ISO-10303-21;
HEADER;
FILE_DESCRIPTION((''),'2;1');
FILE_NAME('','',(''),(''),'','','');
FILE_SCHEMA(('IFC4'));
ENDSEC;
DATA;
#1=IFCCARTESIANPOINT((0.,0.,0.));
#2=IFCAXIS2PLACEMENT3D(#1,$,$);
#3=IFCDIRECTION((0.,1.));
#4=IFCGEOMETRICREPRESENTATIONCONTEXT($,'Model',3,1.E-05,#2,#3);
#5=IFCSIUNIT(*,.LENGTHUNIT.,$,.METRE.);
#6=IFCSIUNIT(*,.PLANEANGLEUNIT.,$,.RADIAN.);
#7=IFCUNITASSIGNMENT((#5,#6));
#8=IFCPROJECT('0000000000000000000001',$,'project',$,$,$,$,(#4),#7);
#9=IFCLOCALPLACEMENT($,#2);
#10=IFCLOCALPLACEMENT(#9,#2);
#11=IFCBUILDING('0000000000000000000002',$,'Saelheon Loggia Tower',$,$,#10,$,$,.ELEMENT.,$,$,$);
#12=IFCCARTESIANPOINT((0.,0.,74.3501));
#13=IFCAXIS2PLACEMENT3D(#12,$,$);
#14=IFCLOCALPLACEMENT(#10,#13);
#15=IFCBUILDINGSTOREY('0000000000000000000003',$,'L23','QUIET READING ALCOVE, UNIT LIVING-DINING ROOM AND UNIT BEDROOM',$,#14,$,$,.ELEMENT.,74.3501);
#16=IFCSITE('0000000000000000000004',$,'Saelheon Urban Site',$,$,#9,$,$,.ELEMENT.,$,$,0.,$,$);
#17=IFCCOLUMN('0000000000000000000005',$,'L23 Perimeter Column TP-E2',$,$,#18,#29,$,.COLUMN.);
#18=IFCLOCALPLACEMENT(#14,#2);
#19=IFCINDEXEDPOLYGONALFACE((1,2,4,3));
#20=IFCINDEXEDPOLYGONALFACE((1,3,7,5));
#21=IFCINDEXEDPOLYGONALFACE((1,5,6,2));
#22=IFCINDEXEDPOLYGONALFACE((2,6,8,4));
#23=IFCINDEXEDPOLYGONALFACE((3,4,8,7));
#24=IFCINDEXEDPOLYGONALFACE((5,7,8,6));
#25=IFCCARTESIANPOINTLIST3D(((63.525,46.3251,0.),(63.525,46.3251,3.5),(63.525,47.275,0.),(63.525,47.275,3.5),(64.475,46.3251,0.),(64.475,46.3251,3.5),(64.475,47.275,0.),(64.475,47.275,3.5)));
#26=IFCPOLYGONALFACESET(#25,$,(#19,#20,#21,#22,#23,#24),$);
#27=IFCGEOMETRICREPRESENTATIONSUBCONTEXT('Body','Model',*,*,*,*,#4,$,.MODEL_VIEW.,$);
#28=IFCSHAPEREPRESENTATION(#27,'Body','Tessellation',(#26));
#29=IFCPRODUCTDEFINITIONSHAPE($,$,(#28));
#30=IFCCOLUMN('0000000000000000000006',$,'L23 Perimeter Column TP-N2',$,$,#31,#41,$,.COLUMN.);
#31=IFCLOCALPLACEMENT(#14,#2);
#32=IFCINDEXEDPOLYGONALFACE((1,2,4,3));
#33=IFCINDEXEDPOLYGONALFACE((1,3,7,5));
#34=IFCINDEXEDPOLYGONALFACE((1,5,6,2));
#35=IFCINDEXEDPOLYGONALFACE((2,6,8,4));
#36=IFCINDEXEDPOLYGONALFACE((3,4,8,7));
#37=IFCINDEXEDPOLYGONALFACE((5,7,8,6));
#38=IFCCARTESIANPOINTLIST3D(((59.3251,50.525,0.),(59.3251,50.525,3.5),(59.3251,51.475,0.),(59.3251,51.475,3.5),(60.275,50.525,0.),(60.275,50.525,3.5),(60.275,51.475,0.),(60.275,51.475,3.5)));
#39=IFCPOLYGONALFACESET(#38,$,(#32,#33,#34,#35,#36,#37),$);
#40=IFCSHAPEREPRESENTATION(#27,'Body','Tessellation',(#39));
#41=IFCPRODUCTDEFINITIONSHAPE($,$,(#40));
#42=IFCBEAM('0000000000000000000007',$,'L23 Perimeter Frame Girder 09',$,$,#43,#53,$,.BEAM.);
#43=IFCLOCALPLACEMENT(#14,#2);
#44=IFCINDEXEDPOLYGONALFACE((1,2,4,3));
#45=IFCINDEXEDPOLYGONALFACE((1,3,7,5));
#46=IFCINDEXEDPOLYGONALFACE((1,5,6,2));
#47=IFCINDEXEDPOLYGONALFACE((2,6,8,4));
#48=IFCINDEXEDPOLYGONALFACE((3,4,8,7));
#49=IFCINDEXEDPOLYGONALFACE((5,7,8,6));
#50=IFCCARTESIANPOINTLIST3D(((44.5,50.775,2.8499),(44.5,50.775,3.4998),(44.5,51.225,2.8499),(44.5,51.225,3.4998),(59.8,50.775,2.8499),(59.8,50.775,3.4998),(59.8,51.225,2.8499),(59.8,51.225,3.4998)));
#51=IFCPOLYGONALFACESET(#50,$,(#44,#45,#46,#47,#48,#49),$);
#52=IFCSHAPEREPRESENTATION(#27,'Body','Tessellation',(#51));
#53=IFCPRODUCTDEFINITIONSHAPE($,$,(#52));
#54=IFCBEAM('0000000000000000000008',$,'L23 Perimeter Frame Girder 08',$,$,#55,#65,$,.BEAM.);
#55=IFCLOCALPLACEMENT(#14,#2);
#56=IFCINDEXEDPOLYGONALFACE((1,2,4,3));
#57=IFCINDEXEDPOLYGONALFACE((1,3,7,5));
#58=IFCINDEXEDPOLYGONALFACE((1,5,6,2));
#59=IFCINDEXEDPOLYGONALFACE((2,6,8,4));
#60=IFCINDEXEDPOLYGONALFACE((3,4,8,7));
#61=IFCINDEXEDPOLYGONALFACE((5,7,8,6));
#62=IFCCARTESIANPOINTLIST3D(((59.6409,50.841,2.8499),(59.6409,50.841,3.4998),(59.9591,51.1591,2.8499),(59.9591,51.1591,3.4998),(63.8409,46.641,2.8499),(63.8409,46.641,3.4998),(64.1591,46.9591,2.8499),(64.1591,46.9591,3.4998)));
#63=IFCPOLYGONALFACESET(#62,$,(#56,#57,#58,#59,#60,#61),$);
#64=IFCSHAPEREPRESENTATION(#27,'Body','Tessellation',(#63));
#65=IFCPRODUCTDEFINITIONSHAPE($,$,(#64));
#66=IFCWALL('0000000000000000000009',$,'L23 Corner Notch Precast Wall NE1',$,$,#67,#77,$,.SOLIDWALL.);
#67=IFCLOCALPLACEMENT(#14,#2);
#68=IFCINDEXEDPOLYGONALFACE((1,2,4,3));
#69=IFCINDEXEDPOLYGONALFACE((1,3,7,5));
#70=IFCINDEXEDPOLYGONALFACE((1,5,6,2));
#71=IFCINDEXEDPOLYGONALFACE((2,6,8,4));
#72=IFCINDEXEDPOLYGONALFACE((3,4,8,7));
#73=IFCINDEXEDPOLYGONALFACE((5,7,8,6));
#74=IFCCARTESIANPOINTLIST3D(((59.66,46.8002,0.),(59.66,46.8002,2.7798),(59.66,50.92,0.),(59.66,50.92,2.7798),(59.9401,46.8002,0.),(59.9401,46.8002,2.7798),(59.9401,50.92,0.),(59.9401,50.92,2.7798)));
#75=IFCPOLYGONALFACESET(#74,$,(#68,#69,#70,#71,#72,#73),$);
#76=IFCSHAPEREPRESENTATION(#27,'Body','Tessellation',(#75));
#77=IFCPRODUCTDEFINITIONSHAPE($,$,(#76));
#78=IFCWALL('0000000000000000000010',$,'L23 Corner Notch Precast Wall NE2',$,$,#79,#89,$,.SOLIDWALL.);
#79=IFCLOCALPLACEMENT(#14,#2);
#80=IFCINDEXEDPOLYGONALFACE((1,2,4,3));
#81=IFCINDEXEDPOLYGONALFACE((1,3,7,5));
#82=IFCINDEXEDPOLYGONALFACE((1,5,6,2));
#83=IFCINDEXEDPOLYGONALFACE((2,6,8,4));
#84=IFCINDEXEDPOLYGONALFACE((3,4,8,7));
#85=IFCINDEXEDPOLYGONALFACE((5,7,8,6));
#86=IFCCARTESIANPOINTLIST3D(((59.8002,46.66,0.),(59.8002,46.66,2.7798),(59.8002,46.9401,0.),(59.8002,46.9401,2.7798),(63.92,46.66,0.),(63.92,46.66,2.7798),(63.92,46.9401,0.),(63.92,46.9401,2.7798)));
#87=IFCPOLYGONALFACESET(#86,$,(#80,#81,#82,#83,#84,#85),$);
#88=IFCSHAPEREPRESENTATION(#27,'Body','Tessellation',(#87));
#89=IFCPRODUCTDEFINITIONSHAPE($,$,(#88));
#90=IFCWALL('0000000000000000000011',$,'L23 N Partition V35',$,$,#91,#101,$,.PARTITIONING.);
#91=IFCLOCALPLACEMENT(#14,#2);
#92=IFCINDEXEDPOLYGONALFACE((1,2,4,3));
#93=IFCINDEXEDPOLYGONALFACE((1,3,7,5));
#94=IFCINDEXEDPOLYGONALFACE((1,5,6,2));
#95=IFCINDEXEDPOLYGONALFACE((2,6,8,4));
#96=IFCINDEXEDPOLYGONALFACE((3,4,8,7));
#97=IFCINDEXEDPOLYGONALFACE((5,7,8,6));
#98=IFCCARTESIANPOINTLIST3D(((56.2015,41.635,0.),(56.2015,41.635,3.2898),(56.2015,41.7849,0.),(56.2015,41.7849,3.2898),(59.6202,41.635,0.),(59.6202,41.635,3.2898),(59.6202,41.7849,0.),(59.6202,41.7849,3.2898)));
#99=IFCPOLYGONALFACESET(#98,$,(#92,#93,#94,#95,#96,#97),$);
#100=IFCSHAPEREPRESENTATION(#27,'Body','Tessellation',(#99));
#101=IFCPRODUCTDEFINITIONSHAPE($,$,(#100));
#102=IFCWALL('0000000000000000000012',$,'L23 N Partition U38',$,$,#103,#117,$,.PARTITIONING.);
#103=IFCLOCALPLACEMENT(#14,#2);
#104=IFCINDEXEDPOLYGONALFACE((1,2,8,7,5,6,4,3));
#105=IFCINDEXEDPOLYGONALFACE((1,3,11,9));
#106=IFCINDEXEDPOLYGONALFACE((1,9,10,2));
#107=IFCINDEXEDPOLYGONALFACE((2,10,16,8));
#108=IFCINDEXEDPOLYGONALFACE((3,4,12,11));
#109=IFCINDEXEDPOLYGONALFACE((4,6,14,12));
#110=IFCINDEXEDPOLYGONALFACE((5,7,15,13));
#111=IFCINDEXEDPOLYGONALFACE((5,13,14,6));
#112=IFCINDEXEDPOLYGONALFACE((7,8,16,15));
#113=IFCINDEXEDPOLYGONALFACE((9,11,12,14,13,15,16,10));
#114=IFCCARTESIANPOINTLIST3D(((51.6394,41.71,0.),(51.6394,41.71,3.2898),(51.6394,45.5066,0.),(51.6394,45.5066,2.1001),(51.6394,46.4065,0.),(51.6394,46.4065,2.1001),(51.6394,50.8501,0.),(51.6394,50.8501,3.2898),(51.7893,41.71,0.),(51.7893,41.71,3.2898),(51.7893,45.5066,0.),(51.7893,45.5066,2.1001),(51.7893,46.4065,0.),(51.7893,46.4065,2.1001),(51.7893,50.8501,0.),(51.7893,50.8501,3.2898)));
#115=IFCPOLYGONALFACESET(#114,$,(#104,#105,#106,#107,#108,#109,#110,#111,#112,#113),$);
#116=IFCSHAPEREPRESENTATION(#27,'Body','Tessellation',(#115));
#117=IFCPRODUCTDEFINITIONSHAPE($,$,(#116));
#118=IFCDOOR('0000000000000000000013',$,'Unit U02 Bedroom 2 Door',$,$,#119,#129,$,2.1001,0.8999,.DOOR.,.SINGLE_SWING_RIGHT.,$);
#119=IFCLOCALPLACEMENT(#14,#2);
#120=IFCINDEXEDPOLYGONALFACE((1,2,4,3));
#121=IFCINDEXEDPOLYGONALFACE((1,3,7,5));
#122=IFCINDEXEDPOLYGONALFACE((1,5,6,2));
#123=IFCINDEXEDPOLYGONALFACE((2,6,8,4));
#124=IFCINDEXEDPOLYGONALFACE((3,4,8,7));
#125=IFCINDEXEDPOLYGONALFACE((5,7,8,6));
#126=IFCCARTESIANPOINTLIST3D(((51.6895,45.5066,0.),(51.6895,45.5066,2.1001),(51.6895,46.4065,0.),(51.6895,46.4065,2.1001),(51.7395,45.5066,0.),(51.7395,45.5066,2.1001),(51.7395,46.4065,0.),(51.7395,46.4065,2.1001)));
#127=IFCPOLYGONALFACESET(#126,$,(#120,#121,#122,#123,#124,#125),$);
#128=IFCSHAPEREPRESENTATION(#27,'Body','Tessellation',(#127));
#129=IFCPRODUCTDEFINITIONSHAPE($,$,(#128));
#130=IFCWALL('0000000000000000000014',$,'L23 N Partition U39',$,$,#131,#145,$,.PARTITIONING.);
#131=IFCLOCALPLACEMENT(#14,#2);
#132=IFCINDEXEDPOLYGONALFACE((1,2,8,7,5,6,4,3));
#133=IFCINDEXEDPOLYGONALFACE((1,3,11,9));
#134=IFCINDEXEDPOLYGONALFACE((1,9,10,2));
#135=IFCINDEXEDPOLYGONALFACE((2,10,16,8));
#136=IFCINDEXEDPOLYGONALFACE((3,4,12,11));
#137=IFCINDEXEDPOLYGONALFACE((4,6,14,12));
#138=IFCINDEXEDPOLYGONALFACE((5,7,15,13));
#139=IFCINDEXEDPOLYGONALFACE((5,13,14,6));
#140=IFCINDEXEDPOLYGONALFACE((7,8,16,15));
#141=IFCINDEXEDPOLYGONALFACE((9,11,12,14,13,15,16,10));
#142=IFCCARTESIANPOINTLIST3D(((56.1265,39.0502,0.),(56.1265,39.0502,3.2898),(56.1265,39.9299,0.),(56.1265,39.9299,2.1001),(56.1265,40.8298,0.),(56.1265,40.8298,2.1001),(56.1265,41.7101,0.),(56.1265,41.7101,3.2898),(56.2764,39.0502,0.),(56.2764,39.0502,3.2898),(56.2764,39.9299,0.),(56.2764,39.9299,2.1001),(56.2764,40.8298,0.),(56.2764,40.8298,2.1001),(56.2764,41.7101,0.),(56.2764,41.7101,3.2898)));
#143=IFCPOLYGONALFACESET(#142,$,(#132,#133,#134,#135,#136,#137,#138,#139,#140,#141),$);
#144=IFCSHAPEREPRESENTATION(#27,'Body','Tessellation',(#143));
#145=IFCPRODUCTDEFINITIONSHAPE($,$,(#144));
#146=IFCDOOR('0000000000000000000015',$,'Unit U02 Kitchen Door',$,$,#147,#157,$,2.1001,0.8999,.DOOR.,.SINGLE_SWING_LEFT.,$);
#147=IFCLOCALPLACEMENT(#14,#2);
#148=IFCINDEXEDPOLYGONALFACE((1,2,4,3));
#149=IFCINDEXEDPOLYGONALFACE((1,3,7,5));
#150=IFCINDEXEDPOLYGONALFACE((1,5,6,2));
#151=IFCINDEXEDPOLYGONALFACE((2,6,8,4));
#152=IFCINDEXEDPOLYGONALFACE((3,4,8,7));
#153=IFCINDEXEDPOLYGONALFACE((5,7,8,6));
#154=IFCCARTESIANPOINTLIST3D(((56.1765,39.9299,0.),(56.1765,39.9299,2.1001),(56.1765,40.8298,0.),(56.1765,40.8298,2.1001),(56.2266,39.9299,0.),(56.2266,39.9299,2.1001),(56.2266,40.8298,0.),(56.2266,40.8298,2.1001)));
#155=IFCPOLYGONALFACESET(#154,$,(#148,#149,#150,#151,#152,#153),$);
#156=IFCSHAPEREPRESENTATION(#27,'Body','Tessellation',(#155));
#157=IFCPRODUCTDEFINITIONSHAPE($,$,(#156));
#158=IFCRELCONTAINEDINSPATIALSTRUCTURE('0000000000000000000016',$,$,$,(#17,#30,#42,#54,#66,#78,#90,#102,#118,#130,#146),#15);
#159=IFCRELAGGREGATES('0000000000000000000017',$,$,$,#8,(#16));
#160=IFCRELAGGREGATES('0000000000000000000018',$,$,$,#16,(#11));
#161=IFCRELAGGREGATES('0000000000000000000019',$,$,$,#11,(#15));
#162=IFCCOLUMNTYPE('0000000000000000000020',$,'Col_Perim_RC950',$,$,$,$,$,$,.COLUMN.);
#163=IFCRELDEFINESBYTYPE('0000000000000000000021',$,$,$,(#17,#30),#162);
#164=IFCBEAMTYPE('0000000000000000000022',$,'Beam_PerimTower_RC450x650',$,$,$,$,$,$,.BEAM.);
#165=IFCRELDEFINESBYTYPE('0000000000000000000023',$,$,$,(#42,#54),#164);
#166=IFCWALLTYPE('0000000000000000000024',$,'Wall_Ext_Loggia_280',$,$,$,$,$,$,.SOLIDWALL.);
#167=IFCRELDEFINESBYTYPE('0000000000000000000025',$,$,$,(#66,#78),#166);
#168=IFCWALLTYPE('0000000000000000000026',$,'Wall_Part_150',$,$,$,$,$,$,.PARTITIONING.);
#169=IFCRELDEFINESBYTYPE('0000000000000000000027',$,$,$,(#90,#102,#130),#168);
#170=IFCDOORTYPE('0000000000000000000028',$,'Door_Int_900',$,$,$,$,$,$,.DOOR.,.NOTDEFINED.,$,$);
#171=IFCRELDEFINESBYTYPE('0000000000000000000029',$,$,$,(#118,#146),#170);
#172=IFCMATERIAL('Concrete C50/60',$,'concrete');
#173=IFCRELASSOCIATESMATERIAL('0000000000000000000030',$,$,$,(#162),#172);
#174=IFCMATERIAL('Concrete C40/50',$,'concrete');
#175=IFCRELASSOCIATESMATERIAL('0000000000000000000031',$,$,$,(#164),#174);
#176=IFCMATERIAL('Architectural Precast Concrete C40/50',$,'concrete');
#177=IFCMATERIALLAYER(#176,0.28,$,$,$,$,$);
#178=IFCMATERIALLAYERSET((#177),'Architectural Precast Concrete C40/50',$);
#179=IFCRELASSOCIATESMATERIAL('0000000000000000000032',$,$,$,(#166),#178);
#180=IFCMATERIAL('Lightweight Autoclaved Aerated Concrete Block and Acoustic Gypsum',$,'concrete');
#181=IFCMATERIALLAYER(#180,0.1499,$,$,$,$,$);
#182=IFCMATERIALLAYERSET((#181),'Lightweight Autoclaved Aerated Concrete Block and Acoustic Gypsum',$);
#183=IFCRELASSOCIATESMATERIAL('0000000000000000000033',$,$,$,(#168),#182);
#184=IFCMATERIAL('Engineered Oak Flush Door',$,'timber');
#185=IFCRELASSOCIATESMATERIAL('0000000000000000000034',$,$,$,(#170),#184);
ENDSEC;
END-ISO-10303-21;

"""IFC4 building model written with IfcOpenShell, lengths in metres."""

from ifc_helpers import new_model, si_unit, direction, frame, frame_2d, origin, origin_2d, place, context, subcontext, project, spatial, rectangle, extrude, source, transform, mapped, material, layer, layer_set, material_profile, profile_set, type_object, element, fill, save


model = new_model("IFC4")

# Units and contexts
model_context = context("Model", 3, precision=1e-05, world=origin(), true_north=direction((0.0, 1.0)))
body_context = subcontext(model_context, "Body", "Model", "MODEL_VIEW")
ifc_project = project(units=[si_unit("LENGTHUNIT", "METRE"), si_unit("PLANEANGLEUNIT", "RADIAN")], contexts=[model_context])

# Site, building, storey
site_placement = place(None, origin())
site = spatial("IfcSite", under=ifc_project, at=site_placement, Name="Saelheon Urban Site", CompositionType="ELEMENT", RefElevation=0.0)
building_placement = place(site_placement, origin())
building = spatial("IfcBuilding", under=site, at=building_placement, Name="Saelheon Loggia Tower", CompositionType="ELEMENT")
storey_placement = place(building_placement, frame((0.0, 0.0, 74.3501)))
storey = spatial("IfcBuildingStorey", under=building, at=storey_placement, Name="L23", Description="QUIET READING ALCOVE, UNIT LIVING-DINING ROOM AND UNIT BEDROOM", CompositionType="ELEMENT", Elevation=74.3501)

# Columns
ifc_material_1 = material(Name="Concrete C50/60", Category="concrete")
ifc_material_profile_1 = material_profile(ifc_material_1, rectangle(XDim=0.95, YDim=0.95, at=origin_2d()), Name="RC-950x950")
ifc_profile_set_1 = profile_set([ifc_material_profile_1], Name="Concrete C50/60")
column_type = type_object("IfcColumnType", Name="Col_Perim_RC950", PredefinedType="COLUMN", material=ifc_profile_set_1)
shared_shape_1 = source(origin(), body_context, "Body", "SweptSolid", [
    extrude(rectangle(XDim=0.95, YDim=0.95, at=origin_2d()), origin(), (0.0, 0.0, 1.0), 3.5),
])
for number, where, z_axis, x_axis, name in (
    (1, (64.0, 46.8, 0.0), (0.0, 0.0, 1.0), (1.0, 0.0, 0.0), "L23 Perimeter Column TP-E2"),
    (2, (59.8, 51.0, 0.0), (0.0, 0.0, 1.0), (1.0, 0.0, 0.0), "L23 Perimeter Column TP-N2"),
):
    element("IfcColumn", number, at=place(storey_placement, frame(where, z_axis=z_axis, x_axis=x_axis)), inside=storey, type_object=column_type, Name=name, PredefinedType="COLUMN", context=body_context, shape_type="MappedRepresentation", body=[
        mapped(shared_shape_1, transform((0.0, 0.0, 0.0), scale=1.0)),
    ])

# Beams
ifc_material_2 = material(Name="Concrete C40/50", Category="concrete")
ifc_material_profile_2 = material_profile(ifc_material_2, rectangle(XDim=0.45, YDim=0.6499, at=origin_2d()), Name="RC-450x650")
ifc_profile_set_2 = profile_set([ifc_material_profile_2], Name="Concrete C40/50")
beam_type = type_object("IfcBeamType", Name="Beam_PerimTower_RC450x650", PredefinedType="BEAM", material=ifc_profile_set_2)
shared_shape_2 = source(origin(), body_context, "Body", "SweptSolid", [
    extrude(rectangle(XDim=0.45, YDim=0.6499, at=origin_2d()), origin(), (0.0, 0.0, 1.0), 15.3),
])
beam_1_placement = place(storey_placement, frame((59.8, 51.0, 3.1748), z_axis=(-1.0, 0.0, 0.0), x_axis=(0.0, -1.0, 0.0)))
element("IfcBeam", 3, at=beam_1_placement, inside=storey, type_object=beam_type, Name="L23 Perimeter Frame Girder 09", PredefinedType="BEAM", context=body_context, shape_type="MappedRepresentation", body=[
    mapped(shared_shape_2, transform((0.0, 0.0, 0.0), scale=1.0)),
])
shared_shape_3 = source(origin(), body_context, "Body", "SweptSolid", [
    extrude(rectangle(XDim=0.45, YDim=0.6499, at=origin_2d()), origin(), (0.0, 0.0, 1.0), 5.9397),
])
beam_2_placement = place(storey_placement, frame((64.0, 46.8, 3.1748), z_axis=(-0.707107, 0.707107, 0.0), x_axis=(-0.707107, -0.707107, 0.0)))
element("IfcBeam", 4, at=beam_2_placement, inside=storey, type_object=beam_type, Name="L23 Perimeter Frame Girder 08", PredefinedType="BEAM", context=body_context, shape_type="MappedRepresentation", body=[
    mapped(shared_shape_3, transform((0.0, 0.0, 0.0), scale=1.0)),
])

# Walls
ifc_material_3 = material(Name="Architectural Precast Concrete C40/50", Category="concrete")
ifc_layer_1 = layer(ifc_material_3, 0.28)
ifc_layer_set_1 = layer_set([ifc_layer_1], Name="Architectural Precast Concrete C40/50")
wall_type_1 = type_object("IfcWallType", Name="Wall_Ext_Loggia_280", PredefinedType="SOLIDWALL", material=ifc_layer_set_1)
for number, where, z_axis, x_axis, name in (
    (5, (59.8, 46.8, 0.0), (0.0, 0.0, 1.0), (0.0, 1.0, 0.0), "L23 Corner Notch Precast Wall NE1"),
    (6, (59.8, 46.8, 0.0), (0.0, 0.0, 1.0), (1.0, 0.0, 0.0), "L23 Corner Notch Precast Wall NE2"),
):
    element("IfcWall", number, at=place(storey_placement, frame(where, z_axis=z_axis, x_axis=x_axis)), inside=storey, type_object=wall_type_1, Name=name, PredefinedType="SOLIDWALL", context=body_context, shape_type="SweptSolid", body=[
        extrude(rectangle(XDim=4.1199, YDim=0.28, at=frame_2d((2.0601, 0.0))), origin(), (0.0, 0.0, 1.0), 2.7798),
    ])
ifc_material_4 = material(Name="Lightweight Autoclaved Aerated Concrete Block and Acoustic Gypsum", Category="concrete")
ifc_layer_2 = layer(ifc_material_4, 0.1499)
ifc_layer_set_2 = layer_set([ifc_layer_2], Name="Lightweight Autoclaved Aerated Concrete Block and Acoustic Gypsum")
wall_type_2 = type_object("IfcWallType", Name="Wall_Part_150", PredefinedType="PARTITIONING", material=ifc_layer_set_2)
wall_1_placement = place(storey_placement, frame((56.2014, 41.71, 0.0), z_axis=(0.0, 0.0, 1.0), x_axis=(1.0, 0.0, 0.0)))
element("IfcWall", 7, at=wall_1_placement, inside=storey, type_object=wall_type_2, Name="L23 N Partition V35", PredefinedType="PARTITIONING", context=body_context, shape_type="SweptSolid", body=[
    extrude(rectangle(XDim=3.4187, YDim=0.1499, at=frame_2d((1.7095, 0.0))), origin(), (0.0, 0.0, 1.0), 3.2898),
])

# Walls, openings, doors
wall_2_placement = place(storey_placement, frame((51.7144, 41.71, 0.0), z_axis=(0.0, 0.0, 1.0), x_axis=(0.0, 1.0, 0.0)))
wall_2 = element("IfcWall", 8, at=wall_2_placement, inside=storey, type_object=wall_type_2, Name="L23 N Partition U38", PredefinedType="PARTITIONING", context=body_context, shape_type="SweptSolid", body=[
    extrude(rectangle(XDim=9.1401, YDim=0.1499, at=frame_2d((4.5701, 0.0))), origin(), (0.0, 0.0, 1.0), 3.2898),
])
opening_1_placement = place(wall_2_placement, frame((3.7966, 0.0, 0.0)))
opening_1 = element("IfcOpeningElement", 9, at=opening_1_placement, cuts=wall_2, PredefinedType="OPENING", context=body_context, shape_type="SweptSolid", body=[
    extrude(rectangle(XDim=0.8999, YDim=2.1001, at=frame_2d((0.45, 1.05))), frame((0.0, 0.0869, 0.0), z_axis=(0.0, -1.0, 0.0), x_axis=(1.0, 0.0, 0.0)), (0.0, 0.0, 1.0), 0.1738),
])
ifc_material_5 = material(Name="Engineered Oak Flush Door", Category="timber")
door_type_1 = type_object("IfcDoorType", Name="Door_Int_900", OperationType="NOTDEFINED", PredefinedType="DOOR", material=ifc_material_5)
shared_shape_4 = source(origin(), body_context, "Body", "SweptSolid", [
    extrude(rectangle(XDim=0.8999, YDim=2.1001, at=frame_2d((0.45, 1.05))), frame((0.0, 0.0249, 0.0), z_axis=(0.0, -1.0, 0.0), x_axis=(1.0, 0.0, 0.0)), (0.0, 0.0, 1.0), 0.05),
])
door_1_placement = place(opening_1_placement, origin())
door_1 = element("IfcDoor", 10, at=door_1_placement, inside=storey, type_object=door_type_1, Name="Unit U02 Bedroom 2 Door", OperationType="SINGLE_SWING_RIGHT", OverallHeight=2.1001, OverallWidth=0.8999, PredefinedType="DOOR", context=body_context, shape_type="MappedRepresentation", body=[
    mapped(shared_shape_4, transform((0.0, 0.0, 0.0), scale=1.0)),
])
fill(opening_1, door_1)
wall_3_placement = place(storey_placement, frame((56.2014, 39.05, 0.0), z_axis=(0.0, 0.0, 1.0), x_axis=(0.0, 1.0, 0.0)))
wall_3 = element("IfcWall", 11, at=wall_3_placement, inside=storey, type_object=wall_type_2, Name="L23 N Partition U39", PredefinedType="PARTITIONING", context=body_context, shape_type="SweptSolid", body=[
    extrude(rectangle(XDim=2.6599, YDim=0.1499, at=frame_2d((1.3301, 0.0))), origin(), (0.0, 0.0, 1.0), 3.2898),
])
opening_2_placement = place(wall_3_placement, frame((0.8799, 0.0, 0.0)))
opening_2 = element("IfcOpeningElement", 12, at=opening_2_placement, cuts=wall_3, PredefinedType="OPENING", context=body_context, shape_type="SweptSolid", body=[
    extrude(rectangle(XDim=0.8999, YDim=2.1001, at=frame_2d((0.45, 1.05))), frame((0.0, 0.0869, 0.0), z_axis=(0.0, -1.0, 0.0), x_axis=(1.0, 0.0, 0.0)), (0.0, 0.0, 1.0), 0.1738),
])
door_2_placement = place(opening_2_placement, origin())
door_2 = element("IfcDoor", 13, at=door_2_placement, inside=storey, type_object=door_type_1, Name="Unit U02 Kitchen Door", OperationType="SINGLE_SWING_LEFT", OverallHeight=2.1001, OverallWidth=0.8999, PredefinedType="DOOR", context=body_context, shape_type="MappedRepresentation", body=[
    mapped(shared_shape_4, transform((0.0, 0.0, 0.0), scale=1.0)),
])
fill(opening_2, door_2)

save(model, "model.ifc")
